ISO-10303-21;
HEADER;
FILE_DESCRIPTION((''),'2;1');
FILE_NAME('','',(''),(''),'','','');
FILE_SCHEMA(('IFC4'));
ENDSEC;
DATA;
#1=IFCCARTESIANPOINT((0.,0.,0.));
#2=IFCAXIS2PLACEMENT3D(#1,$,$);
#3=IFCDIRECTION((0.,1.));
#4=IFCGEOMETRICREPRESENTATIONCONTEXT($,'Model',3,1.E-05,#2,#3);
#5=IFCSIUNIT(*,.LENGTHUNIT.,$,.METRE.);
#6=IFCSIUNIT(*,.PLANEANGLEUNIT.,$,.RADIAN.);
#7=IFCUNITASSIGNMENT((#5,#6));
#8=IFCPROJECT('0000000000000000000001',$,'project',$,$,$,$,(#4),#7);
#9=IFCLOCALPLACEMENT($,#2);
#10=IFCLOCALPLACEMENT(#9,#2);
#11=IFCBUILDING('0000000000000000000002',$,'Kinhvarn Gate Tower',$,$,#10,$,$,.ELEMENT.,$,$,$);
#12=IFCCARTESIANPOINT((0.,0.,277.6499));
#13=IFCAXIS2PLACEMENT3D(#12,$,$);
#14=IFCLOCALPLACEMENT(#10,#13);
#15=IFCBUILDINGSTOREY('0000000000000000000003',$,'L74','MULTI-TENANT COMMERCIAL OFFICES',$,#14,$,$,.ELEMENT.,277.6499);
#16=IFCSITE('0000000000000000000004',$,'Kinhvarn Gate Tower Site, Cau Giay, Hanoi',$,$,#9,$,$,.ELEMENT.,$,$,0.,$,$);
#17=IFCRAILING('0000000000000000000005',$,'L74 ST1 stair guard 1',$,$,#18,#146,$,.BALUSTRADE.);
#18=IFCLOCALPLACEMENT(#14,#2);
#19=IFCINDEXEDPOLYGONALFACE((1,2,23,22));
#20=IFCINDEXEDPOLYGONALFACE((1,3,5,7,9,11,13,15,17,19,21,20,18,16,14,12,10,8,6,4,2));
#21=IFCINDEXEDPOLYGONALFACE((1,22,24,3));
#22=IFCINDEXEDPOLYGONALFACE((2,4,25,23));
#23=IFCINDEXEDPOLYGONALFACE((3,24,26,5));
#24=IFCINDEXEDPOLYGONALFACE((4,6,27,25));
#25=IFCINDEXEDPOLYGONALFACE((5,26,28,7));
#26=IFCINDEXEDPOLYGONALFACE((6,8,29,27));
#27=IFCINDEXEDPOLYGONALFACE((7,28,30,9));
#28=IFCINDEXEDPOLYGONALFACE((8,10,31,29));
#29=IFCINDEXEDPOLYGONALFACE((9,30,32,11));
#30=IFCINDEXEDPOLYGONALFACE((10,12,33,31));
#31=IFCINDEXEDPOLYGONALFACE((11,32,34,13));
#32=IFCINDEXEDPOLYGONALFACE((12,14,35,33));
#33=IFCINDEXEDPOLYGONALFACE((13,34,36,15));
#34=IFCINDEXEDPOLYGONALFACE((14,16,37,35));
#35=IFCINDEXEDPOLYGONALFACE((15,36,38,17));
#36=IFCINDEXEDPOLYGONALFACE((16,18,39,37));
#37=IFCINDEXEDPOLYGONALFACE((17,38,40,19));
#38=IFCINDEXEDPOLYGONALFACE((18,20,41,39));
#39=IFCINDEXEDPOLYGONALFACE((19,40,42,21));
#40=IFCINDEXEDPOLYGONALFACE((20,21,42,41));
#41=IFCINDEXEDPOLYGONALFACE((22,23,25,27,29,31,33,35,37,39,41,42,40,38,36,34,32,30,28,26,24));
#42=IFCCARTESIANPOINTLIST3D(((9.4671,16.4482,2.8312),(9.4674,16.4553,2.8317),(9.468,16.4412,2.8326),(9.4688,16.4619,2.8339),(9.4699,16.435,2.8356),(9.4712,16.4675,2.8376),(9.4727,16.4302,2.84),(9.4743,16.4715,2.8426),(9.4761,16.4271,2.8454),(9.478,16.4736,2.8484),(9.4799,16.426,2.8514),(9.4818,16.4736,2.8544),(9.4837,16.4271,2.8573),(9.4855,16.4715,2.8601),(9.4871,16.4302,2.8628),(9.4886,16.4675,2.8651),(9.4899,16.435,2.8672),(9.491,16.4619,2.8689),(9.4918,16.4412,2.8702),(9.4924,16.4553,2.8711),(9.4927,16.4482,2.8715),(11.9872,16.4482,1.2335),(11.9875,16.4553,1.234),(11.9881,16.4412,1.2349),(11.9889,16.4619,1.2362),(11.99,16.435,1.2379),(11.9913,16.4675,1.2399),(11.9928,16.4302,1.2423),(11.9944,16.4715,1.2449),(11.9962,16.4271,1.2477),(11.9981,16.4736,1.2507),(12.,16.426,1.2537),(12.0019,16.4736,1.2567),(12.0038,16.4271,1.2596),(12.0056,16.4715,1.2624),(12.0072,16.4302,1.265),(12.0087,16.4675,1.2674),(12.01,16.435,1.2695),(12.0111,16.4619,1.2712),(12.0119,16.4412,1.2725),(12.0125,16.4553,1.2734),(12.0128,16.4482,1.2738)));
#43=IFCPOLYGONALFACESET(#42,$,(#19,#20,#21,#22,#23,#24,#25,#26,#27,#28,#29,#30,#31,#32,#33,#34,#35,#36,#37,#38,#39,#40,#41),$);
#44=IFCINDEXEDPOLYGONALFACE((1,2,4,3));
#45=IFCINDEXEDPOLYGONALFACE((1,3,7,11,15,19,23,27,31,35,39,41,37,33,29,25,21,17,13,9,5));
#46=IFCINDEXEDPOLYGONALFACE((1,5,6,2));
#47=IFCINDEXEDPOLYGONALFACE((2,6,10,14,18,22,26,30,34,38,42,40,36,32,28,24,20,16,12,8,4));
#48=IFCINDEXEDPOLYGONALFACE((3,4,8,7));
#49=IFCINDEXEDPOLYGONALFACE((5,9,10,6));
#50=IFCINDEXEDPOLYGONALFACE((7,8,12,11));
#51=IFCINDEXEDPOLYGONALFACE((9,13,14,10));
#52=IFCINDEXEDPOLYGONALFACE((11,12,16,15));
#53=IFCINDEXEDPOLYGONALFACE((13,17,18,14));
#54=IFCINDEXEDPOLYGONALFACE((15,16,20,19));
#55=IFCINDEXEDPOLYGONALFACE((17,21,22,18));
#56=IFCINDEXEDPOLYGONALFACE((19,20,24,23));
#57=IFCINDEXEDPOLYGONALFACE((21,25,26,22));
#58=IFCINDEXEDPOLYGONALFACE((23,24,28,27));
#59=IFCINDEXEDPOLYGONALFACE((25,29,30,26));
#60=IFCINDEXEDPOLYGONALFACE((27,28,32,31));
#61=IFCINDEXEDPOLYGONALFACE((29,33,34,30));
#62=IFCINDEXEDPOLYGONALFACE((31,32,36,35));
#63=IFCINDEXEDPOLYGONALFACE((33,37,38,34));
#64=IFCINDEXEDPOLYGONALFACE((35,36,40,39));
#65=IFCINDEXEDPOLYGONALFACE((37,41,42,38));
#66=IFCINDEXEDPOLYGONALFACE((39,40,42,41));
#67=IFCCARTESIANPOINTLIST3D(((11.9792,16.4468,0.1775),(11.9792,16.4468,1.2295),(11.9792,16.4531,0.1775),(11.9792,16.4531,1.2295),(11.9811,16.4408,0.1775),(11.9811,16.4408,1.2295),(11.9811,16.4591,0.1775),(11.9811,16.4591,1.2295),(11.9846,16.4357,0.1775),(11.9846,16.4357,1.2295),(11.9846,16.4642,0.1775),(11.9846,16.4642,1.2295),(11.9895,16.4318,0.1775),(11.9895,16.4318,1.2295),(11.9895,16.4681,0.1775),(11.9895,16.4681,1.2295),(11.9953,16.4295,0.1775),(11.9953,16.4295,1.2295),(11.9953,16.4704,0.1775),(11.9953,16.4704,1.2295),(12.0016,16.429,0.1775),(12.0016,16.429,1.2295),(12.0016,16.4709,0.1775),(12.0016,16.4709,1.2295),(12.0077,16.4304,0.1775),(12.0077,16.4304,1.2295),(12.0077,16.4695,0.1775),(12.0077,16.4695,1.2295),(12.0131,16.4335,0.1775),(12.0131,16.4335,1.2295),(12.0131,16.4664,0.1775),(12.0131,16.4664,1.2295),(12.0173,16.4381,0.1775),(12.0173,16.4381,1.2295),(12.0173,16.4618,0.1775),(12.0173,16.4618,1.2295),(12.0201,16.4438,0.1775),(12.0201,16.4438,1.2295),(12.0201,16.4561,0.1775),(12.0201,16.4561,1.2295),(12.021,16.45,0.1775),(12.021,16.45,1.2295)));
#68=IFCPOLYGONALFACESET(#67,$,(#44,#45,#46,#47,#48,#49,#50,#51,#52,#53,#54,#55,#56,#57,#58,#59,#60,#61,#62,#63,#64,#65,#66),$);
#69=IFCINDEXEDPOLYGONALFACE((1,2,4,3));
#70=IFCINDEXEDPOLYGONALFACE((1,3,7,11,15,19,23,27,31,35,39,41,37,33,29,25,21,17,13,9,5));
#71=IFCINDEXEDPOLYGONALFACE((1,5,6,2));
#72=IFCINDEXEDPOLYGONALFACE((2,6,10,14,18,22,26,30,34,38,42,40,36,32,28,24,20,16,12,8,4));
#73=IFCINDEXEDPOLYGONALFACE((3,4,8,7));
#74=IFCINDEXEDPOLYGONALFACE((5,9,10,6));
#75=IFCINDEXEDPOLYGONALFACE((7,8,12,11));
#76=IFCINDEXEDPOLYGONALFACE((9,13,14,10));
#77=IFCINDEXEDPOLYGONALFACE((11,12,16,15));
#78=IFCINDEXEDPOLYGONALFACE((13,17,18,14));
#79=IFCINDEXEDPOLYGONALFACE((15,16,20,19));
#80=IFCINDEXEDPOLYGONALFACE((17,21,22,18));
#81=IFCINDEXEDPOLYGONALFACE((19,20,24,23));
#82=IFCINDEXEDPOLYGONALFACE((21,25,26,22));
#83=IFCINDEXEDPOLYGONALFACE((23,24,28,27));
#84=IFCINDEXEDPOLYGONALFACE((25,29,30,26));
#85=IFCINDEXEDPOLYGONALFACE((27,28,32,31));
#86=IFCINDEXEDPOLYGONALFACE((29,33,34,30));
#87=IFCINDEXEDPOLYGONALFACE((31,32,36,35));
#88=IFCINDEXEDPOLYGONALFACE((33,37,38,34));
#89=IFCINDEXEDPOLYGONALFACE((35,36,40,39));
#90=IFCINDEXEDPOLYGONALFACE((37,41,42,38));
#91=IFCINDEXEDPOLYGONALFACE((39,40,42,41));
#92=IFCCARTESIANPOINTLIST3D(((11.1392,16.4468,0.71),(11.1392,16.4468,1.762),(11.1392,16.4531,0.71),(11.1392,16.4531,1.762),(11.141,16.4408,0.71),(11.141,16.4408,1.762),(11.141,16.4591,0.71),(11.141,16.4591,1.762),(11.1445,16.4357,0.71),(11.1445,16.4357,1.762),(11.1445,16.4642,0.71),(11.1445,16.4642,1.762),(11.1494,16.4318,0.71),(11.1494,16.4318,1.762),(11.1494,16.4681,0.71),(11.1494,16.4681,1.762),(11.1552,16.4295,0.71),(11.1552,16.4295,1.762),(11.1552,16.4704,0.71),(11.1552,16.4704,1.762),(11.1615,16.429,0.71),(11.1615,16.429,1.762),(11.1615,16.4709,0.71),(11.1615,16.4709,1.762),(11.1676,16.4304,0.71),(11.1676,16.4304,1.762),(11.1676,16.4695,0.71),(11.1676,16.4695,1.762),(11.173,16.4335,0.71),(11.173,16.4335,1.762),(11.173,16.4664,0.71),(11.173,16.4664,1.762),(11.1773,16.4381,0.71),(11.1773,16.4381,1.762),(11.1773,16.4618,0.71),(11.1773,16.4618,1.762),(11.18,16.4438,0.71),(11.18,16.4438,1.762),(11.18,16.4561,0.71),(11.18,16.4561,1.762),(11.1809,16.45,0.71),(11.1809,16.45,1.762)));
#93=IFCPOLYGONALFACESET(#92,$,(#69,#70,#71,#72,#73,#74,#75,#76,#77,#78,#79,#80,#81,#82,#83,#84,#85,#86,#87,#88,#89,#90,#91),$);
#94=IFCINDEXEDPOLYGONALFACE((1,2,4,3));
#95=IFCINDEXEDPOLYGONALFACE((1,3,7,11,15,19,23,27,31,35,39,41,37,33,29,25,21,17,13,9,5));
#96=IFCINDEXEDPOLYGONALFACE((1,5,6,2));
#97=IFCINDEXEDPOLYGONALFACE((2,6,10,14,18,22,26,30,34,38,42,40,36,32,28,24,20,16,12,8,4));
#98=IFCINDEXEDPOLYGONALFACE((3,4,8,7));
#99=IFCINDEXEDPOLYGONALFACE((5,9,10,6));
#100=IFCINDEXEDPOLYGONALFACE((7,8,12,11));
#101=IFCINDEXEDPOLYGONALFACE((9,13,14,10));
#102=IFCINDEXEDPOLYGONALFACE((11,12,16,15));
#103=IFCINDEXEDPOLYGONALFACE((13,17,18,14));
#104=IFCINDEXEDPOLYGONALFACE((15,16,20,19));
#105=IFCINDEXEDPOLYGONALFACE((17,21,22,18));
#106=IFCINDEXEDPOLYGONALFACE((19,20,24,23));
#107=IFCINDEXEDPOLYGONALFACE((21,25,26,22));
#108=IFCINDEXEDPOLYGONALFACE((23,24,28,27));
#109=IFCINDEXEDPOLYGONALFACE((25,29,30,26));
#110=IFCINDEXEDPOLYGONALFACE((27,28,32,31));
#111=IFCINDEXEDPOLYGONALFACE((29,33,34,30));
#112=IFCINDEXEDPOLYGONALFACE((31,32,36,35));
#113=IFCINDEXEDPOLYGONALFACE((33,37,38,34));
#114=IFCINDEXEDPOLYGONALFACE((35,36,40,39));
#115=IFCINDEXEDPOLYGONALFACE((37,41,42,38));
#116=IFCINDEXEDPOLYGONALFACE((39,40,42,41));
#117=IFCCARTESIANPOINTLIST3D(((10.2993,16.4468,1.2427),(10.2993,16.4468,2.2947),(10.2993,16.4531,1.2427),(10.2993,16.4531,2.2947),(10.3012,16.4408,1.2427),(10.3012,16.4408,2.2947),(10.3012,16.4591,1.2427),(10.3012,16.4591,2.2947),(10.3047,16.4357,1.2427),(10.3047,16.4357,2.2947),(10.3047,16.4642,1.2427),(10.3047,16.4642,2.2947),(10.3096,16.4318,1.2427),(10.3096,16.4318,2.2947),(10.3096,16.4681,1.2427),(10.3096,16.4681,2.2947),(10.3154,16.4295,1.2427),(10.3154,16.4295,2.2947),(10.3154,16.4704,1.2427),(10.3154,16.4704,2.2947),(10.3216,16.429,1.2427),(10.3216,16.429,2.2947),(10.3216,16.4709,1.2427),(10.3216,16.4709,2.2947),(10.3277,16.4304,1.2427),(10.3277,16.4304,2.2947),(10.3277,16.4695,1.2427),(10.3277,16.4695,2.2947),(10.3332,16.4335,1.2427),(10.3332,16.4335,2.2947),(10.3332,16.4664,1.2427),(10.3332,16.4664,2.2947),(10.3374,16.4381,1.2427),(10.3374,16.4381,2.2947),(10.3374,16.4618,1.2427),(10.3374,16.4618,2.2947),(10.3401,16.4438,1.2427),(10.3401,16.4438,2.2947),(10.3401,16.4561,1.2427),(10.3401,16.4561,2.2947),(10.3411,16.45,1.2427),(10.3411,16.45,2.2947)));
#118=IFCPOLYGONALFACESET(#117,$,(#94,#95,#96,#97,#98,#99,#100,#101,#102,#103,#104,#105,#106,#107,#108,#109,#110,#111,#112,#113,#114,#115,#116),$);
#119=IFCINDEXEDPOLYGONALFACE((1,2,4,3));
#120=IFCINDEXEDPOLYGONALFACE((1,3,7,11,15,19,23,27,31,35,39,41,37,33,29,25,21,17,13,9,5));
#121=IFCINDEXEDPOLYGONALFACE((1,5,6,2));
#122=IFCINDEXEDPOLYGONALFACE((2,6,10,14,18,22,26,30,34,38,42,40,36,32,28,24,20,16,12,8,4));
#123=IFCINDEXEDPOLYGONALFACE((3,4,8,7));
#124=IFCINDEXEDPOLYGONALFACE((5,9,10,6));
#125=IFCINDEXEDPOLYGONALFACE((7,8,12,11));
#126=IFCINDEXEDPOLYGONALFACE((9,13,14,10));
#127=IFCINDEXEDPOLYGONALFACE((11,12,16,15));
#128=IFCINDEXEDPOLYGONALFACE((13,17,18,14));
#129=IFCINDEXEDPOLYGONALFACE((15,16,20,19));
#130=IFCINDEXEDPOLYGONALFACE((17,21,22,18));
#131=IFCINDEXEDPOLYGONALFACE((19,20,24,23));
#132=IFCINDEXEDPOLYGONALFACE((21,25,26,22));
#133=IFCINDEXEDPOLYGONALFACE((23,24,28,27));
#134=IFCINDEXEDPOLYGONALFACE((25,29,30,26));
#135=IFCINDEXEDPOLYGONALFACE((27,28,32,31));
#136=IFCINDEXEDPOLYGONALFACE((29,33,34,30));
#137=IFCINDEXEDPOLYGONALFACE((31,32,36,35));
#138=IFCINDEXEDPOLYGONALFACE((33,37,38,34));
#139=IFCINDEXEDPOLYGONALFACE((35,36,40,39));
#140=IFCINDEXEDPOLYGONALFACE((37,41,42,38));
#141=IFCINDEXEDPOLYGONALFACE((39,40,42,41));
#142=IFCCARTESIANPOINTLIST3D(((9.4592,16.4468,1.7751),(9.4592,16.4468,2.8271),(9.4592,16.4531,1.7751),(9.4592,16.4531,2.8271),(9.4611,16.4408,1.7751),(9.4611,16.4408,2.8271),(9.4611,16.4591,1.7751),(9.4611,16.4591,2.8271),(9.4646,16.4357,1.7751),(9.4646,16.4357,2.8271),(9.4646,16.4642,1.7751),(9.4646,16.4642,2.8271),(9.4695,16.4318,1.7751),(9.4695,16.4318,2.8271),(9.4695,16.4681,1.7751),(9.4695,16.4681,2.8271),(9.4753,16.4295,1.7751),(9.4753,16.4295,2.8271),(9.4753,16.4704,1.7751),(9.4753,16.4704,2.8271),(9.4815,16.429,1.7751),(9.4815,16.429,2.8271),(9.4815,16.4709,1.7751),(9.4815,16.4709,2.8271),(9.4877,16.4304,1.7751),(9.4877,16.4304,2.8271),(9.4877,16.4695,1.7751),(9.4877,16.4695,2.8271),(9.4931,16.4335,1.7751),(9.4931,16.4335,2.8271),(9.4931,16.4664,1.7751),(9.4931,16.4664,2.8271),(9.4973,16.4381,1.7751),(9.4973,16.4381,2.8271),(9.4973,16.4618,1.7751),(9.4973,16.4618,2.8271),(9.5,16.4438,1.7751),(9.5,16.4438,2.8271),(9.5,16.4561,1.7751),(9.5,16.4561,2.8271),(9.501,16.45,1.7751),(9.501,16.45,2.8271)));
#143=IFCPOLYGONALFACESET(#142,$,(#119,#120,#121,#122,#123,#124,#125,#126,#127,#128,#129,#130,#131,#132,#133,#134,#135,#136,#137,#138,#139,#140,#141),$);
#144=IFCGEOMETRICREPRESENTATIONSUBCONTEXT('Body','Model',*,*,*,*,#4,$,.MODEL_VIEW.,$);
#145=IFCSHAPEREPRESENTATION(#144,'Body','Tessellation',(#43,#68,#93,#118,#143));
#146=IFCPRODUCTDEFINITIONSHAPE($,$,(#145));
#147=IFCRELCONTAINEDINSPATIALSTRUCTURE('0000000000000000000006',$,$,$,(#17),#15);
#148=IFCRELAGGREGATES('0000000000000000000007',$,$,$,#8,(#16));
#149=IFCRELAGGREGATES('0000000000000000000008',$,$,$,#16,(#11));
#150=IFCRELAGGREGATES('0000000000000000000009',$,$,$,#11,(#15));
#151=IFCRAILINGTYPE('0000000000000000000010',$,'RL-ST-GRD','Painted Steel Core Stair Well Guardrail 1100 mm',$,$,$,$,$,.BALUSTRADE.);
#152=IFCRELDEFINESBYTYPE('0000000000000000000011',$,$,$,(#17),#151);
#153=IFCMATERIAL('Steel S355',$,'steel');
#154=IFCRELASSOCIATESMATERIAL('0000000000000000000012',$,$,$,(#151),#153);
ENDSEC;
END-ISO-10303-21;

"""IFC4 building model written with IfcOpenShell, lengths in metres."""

from ifc_helpers import new_model, si_unit, direction, frame, origin, origin_2d, place, context, subcontext, project, spatial, circle, extrude, material, type_object, element, save


model = new_model("IFC4")

# Units and contexts
model_context = context("Model", 3, precision=1e-05, world=origin(), true_north=direction((0.0, 1.0)))
body_context = subcontext(model_context, "Body", "Model", "MODEL_VIEW")
ifc_project = project(units=[si_unit("LENGTHUNIT", "METRE"), si_unit("PLANEANGLEUNIT", "RADIAN")], contexts=[model_context])

# Site, building, storey
site_placement = place(None, origin())
site = spatial("IfcSite", under=ifc_project, at=site_placement, Name="Kinhvarn Gate Tower Site, Cau Giay, Hanoi", CompositionType="ELEMENT", RefElevation=0.0)
building_placement = place(site_placement, origin())
building = spatial("IfcBuilding", under=site, at=building_placement, Name="Kinhvarn Gate Tower", CompositionType="ELEMENT")
storey_placement = place(building_placement, frame((0.0, 0.0, 277.6499)))
storey = spatial("IfcBuildingStorey", under=building, at=storey_placement, Name="L74", Description="MULTI-TENANT COMMERCIAL OFFICES", CompositionType="ELEMENT", Elevation=277.6499)

# Shared definitions
ifc_material_1 = material(Name="Steel S355", Category="steel")

# Railing
railing_type_1 = type_object("IfcRailingType", Name="RL-ST-GRD", Description="Painted Steel Core Stair Well Guardrail 1100 mm", PredefinedType="BALUSTRADE", material=ifc_material_1)
railing_1_placement = place(storey_placement, frame((12.0, 16.45, 0.1775)))
element("IfcRailing", 1, at=railing_1_placement, inside=storey, type_object=railing_type_1, Name="L74 ST1 stair guard 1", PredefinedType="BALUSTRADE", context=body_context, shape_type="SweptSolid", body=[
    extrude(circle(Radius=0.0239, at=origin_2d()), frame((0.0, 0.0, 1.0762), z_axis=(-0.84457, 0.0, 0.535445), x_axis=(0.0, -1.0, 0.0)), (0.0, 0.0, 1.0), 2.9839),
    extrude(circle(Radius=0.021, at=origin_2d()), origin(), (0.0, 0.0, 1.0), 1.052),
    extrude(circle(Radius=0.021, at=origin_2d()), frame((-0.8401, 0.0, 0.5325)), (0.0, 0.0, 1.0), 1.052),
    extrude(circle(Radius=0.021, at=origin_2d()), frame((-1.6799, 0.0, 1.0652)), (0.0, 0.0, 1.0), 1.052),
    extrude(circle(Radius=0.021, at=origin_2d()), frame((-2.52, 0.0, 1.5977)), (0.0, 0.0, 1.0), 1.052),
])

save(model, "model.ifc")
